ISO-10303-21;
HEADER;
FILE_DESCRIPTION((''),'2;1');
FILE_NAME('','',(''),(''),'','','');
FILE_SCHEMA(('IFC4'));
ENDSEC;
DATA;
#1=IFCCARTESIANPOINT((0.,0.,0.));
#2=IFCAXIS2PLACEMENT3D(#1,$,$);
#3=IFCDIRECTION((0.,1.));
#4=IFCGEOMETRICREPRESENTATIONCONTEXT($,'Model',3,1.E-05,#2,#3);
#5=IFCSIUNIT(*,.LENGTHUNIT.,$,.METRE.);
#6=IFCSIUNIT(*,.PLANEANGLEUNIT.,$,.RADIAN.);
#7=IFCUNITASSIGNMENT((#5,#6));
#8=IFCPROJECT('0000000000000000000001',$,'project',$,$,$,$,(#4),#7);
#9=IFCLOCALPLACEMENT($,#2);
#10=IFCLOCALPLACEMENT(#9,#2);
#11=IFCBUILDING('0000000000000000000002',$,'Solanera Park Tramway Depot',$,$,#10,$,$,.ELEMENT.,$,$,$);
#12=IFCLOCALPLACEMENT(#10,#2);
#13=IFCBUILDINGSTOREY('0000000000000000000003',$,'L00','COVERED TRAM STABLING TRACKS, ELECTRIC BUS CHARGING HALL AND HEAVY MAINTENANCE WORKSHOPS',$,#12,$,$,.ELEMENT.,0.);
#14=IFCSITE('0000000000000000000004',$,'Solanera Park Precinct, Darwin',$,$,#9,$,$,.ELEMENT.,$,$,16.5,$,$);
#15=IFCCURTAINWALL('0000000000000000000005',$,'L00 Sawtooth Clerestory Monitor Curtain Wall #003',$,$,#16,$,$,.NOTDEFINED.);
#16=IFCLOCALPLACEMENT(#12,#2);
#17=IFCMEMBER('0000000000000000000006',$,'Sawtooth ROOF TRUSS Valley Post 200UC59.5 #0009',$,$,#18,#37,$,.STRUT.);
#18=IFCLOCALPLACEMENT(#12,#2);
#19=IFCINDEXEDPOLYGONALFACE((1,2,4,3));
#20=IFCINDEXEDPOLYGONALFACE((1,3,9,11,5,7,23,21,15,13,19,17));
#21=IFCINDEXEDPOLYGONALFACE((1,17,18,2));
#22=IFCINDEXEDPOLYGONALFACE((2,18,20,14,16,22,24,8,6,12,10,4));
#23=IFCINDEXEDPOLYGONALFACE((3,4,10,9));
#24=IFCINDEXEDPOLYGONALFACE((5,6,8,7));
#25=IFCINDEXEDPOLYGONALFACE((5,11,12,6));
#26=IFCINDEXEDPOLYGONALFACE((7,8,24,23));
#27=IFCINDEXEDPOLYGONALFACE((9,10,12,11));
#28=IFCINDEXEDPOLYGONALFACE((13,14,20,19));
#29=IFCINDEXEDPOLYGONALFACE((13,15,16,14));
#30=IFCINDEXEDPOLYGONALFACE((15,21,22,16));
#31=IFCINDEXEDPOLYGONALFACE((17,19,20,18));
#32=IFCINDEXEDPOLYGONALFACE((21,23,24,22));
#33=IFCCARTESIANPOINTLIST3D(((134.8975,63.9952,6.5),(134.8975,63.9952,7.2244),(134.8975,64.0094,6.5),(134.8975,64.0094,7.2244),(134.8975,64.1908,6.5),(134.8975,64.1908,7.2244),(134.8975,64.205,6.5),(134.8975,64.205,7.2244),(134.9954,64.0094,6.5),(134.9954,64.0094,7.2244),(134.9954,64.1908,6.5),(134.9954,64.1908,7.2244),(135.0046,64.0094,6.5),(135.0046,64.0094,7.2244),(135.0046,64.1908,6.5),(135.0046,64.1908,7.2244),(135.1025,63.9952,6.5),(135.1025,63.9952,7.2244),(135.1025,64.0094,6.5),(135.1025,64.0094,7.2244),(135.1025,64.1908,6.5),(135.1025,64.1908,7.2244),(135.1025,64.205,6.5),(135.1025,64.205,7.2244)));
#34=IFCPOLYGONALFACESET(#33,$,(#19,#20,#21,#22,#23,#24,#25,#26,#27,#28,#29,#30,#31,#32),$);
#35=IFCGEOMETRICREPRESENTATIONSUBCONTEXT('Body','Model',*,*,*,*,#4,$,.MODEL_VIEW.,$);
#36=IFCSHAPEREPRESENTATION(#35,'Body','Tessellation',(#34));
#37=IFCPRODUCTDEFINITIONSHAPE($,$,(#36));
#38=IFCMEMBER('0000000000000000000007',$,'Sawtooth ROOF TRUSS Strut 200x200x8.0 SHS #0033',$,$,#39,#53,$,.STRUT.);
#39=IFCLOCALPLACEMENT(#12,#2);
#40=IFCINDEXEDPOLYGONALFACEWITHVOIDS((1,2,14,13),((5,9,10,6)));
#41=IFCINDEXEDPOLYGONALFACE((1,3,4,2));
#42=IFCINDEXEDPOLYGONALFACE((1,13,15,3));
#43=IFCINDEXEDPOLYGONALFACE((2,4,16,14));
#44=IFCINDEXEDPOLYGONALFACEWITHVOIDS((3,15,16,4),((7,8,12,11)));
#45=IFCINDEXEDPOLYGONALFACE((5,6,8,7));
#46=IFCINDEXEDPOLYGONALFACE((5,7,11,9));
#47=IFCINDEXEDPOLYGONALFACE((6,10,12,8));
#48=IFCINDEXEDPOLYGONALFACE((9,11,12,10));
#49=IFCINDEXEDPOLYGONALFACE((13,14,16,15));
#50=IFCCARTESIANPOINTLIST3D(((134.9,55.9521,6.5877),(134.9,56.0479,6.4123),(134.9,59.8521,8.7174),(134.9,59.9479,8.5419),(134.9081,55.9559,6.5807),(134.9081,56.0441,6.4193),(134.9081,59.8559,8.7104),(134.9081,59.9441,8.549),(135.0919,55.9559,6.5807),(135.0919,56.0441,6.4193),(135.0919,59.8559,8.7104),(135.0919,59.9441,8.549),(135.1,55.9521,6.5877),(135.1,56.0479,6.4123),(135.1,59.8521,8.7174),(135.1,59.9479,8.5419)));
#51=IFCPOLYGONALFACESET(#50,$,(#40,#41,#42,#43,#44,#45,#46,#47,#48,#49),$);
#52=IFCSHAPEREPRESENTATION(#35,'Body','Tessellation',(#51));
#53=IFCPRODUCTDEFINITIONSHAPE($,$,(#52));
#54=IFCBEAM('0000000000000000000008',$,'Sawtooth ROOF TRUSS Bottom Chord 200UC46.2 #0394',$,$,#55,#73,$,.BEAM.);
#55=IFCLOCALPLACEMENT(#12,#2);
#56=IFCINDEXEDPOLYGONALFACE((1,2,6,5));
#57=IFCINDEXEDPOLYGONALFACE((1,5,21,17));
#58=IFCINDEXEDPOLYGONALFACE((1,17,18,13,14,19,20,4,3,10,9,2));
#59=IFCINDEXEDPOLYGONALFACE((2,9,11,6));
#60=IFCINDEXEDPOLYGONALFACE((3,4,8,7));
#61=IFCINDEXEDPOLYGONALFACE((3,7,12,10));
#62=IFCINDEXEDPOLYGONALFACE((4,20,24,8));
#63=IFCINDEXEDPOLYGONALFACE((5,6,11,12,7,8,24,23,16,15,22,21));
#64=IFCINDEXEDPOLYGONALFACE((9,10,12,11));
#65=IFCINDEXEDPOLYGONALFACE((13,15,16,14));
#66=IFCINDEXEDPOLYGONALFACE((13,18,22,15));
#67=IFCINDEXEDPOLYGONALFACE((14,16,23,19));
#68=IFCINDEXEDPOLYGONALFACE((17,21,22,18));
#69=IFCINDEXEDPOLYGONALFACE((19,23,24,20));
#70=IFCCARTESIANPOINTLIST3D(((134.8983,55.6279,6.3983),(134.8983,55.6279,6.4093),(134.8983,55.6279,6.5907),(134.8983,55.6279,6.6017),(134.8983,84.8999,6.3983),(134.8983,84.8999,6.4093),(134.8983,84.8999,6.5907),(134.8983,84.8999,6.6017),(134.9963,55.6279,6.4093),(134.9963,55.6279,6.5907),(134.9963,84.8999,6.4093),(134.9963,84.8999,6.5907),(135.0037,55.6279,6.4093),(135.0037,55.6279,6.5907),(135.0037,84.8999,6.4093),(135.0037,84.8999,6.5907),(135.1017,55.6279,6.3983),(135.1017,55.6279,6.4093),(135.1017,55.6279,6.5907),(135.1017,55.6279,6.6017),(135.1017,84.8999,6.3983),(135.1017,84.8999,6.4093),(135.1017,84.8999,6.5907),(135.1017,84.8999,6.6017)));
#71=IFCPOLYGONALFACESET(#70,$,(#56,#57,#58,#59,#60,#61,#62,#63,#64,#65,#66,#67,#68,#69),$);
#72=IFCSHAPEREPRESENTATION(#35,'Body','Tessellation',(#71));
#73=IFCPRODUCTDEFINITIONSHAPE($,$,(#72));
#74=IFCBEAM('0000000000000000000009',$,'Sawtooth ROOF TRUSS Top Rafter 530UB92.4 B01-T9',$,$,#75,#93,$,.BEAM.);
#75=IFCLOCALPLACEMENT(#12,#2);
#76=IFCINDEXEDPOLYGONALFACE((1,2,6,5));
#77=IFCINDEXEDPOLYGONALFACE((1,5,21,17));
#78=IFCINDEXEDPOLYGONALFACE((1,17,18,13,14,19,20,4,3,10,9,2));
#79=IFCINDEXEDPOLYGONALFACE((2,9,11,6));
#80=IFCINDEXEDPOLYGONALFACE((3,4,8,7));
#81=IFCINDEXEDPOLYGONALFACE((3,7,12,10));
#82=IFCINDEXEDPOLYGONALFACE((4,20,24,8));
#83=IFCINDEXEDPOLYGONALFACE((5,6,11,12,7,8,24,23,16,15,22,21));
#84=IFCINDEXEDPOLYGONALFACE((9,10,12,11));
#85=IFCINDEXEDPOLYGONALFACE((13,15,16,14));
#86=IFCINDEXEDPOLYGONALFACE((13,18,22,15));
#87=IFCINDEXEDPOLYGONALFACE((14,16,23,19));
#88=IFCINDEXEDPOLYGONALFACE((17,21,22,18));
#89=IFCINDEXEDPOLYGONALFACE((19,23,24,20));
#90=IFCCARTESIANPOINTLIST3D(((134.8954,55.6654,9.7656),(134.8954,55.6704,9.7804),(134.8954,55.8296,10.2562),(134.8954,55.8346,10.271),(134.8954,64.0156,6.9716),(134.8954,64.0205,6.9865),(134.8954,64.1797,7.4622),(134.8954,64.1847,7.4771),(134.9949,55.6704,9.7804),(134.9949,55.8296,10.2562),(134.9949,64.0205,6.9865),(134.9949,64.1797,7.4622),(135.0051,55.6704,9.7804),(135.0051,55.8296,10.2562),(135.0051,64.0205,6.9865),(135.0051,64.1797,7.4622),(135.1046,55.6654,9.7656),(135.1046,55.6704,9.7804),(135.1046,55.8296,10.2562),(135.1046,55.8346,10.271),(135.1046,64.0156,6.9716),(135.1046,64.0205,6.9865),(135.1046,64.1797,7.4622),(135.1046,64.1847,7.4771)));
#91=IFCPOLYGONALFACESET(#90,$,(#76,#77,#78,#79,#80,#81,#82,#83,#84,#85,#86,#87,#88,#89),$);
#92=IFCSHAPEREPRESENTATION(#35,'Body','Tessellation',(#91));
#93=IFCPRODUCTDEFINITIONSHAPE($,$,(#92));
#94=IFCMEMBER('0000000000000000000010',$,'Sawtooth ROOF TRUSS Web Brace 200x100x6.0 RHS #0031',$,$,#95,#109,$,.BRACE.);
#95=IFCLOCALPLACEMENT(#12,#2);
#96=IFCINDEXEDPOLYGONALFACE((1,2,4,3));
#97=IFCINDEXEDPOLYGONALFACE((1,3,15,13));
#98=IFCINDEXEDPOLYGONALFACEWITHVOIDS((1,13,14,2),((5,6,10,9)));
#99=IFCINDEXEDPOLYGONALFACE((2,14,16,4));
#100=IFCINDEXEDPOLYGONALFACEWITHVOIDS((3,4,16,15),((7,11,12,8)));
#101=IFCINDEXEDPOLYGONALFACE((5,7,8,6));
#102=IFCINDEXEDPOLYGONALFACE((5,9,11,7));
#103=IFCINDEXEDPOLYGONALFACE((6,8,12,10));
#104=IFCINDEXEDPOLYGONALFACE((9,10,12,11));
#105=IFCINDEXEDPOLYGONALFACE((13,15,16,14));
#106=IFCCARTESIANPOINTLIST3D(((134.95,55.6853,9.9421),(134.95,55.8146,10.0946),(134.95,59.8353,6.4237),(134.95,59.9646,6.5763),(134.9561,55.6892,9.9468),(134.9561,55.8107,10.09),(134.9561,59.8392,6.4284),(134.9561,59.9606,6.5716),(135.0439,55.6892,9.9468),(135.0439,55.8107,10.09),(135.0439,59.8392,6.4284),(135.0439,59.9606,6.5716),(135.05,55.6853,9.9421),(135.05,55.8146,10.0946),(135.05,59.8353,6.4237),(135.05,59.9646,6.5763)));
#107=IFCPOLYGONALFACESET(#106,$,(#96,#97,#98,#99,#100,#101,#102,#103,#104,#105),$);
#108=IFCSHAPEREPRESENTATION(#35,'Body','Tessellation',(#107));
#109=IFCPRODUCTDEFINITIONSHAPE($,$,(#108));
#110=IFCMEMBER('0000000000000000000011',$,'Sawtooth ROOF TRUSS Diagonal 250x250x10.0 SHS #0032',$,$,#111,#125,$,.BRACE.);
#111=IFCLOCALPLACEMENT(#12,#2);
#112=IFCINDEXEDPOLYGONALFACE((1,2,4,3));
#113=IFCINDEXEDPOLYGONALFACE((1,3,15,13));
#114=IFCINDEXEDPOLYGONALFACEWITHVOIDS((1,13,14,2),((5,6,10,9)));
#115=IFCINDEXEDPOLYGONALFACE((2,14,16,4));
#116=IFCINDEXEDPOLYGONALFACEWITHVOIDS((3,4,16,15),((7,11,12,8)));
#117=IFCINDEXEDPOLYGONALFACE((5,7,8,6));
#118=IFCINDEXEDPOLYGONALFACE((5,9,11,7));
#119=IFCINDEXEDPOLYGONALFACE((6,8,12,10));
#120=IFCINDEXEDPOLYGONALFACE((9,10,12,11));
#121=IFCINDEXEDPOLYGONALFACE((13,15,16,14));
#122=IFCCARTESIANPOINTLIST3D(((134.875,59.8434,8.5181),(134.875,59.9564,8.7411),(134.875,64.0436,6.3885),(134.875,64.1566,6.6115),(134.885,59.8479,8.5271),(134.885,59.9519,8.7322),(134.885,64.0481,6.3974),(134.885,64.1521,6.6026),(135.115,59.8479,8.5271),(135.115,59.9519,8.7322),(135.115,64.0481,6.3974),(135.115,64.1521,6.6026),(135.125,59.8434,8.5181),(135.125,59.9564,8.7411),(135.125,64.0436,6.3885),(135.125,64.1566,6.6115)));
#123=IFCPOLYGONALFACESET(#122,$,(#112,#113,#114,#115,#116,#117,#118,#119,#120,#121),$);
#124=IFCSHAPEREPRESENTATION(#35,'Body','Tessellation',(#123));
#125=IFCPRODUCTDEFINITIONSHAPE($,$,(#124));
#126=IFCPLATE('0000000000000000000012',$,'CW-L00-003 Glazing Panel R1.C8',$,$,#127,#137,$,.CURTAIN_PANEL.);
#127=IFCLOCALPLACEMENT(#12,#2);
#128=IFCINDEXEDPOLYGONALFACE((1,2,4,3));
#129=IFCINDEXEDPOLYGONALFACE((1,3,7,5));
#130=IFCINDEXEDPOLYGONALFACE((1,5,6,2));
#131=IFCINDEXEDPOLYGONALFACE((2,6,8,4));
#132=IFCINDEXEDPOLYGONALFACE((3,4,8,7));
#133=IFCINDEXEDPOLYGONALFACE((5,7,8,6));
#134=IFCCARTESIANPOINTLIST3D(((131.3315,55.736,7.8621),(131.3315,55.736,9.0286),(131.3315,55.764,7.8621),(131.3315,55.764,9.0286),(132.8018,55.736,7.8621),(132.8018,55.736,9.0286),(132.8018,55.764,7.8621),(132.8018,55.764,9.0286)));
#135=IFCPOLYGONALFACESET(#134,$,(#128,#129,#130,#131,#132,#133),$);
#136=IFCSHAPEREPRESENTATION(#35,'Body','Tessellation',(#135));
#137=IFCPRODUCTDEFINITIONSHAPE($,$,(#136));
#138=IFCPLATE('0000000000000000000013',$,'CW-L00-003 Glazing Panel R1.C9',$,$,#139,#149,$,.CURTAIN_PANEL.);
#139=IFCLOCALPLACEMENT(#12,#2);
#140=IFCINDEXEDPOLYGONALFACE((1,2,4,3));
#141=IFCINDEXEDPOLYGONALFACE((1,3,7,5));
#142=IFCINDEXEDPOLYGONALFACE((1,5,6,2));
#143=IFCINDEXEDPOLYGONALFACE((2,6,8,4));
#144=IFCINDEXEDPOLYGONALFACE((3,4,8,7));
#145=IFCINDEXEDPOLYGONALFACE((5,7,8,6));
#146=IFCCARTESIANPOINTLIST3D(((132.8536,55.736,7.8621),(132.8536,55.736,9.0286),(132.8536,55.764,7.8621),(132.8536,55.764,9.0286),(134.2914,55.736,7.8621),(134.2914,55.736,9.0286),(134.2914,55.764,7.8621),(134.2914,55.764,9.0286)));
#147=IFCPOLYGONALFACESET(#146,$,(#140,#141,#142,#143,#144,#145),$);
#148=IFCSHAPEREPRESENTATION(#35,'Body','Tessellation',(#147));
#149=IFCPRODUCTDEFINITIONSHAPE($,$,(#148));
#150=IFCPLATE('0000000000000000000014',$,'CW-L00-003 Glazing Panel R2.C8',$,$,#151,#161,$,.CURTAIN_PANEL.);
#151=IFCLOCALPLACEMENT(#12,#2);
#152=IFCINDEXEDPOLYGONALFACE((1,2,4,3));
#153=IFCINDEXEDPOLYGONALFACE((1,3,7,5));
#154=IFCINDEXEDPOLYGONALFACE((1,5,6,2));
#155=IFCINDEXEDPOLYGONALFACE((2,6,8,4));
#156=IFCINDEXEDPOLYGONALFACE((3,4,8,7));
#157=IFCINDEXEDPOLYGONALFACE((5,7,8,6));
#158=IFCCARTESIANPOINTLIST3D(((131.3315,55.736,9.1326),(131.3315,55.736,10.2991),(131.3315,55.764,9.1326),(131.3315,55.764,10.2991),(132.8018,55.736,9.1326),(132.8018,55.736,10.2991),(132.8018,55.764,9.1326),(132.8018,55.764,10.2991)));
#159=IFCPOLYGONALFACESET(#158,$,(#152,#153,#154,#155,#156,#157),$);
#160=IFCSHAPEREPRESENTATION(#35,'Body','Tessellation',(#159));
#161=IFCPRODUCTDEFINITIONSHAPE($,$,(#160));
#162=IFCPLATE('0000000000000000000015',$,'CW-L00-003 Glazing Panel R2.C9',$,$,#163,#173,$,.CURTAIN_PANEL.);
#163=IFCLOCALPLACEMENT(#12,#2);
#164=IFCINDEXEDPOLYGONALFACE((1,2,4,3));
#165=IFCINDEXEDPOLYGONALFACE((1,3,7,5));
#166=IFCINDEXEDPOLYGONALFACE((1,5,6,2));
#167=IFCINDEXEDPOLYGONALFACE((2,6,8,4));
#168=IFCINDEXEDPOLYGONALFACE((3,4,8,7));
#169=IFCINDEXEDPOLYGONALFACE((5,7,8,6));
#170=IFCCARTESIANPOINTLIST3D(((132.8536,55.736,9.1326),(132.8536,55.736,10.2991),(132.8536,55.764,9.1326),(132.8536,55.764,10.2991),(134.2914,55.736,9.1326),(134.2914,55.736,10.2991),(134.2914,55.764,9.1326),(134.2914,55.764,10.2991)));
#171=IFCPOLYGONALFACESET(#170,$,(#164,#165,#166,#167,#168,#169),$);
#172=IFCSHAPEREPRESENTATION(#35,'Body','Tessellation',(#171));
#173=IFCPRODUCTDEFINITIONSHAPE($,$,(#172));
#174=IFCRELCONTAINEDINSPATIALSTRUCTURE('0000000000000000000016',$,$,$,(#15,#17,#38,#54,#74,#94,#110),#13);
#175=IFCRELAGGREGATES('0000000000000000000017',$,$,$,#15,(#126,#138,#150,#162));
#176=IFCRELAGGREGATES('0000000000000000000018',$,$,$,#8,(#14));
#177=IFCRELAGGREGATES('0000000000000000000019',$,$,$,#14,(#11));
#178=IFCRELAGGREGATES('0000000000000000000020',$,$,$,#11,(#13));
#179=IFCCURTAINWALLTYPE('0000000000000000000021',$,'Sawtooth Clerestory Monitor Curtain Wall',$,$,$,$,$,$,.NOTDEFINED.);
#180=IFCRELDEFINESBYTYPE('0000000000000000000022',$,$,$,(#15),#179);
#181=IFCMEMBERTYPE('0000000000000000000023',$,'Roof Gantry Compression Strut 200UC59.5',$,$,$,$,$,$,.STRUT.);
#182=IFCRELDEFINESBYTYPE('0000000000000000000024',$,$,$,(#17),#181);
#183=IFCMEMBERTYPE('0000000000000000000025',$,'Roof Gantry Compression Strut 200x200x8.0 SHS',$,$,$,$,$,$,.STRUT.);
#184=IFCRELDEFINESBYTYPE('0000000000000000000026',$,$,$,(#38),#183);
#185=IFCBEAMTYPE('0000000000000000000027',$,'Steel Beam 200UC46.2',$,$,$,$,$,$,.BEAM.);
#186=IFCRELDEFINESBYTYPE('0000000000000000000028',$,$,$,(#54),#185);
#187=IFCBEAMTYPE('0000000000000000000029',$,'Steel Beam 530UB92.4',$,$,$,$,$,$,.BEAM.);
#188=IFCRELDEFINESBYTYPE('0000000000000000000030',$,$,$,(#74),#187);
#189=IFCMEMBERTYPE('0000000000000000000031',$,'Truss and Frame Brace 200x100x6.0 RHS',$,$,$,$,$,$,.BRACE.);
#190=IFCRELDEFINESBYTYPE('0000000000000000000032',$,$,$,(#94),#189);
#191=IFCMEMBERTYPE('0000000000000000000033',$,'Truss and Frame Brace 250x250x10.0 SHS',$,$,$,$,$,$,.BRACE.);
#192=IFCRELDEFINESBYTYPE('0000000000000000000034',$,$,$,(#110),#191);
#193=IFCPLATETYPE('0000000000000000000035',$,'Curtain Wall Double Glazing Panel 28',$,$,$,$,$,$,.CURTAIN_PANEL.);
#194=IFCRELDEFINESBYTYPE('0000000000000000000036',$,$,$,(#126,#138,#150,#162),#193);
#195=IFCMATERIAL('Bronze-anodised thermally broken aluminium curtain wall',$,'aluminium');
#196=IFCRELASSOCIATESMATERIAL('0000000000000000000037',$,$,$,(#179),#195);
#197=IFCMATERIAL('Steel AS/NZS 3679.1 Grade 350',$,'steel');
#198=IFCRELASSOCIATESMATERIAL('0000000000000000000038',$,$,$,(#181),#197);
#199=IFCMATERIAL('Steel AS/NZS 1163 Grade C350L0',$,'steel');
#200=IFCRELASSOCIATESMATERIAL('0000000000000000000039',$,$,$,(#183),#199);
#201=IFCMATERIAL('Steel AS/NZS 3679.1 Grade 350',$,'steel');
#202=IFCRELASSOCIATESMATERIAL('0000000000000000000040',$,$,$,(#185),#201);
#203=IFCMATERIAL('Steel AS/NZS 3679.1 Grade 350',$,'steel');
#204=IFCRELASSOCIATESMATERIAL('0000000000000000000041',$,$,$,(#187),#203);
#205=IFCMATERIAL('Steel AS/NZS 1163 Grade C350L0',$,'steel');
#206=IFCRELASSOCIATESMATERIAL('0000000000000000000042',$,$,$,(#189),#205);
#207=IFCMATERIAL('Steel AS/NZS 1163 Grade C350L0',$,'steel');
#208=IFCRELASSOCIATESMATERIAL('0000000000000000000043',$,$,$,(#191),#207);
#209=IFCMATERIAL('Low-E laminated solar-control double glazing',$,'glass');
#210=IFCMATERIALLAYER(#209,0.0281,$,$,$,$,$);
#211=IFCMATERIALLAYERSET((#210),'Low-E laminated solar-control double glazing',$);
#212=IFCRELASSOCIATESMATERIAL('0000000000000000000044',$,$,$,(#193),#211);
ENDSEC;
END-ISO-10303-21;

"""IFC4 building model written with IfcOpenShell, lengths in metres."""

from ifc_helpers import new_model, si_unit, direction, frame, origin, origin_2d, place, context, subcontext, project, spatial, rectangle, hollow_rectangle, i_section, extrude, material, layer, layer_set, material_profile, profile_set, type_object, element, aggregate, save


model = new_model("IFC4")

# Units and contexts
model_context = context("Model", 3, precision=1e-05, world=origin(), true_north=direction((0.0, 1.0)))
body_context = subcontext(model_context, "Body", "Model", "MODEL_VIEW")
ifc_project = project(units=[si_unit("LENGTHUNIT", "METRE"), si_unit("PLANEANGLEUNIT", "RADIAN")], contexts=[model_context])

# Site, building, storey
site_placement = place(None, origin())
site = spatial("IfcSite", under=ifc_project, at=site_placement, Name="Solanera Park Precinct, Darwin", CompositionType="ELEMENT", RefElevation=16.5)
building_placement = place(site_placement, origin())
building = spatial("IfcBuilding", under=site, at=building_placement, Name="Solanera Park Tramway Depot", CompositionType="ELEMENT")
storey_placement = place(building_placement, origin())
storey = spatial("IfcBuildingStorey", under=building, at=storey_placement, Name="L00", Description="COVERED TRAM STABLING TRACKS, ELECTRIC BUS CHARGING HALL AND HEAVY MAINTENANCE WORKSHOPS", CompositionType="ELEMENT", Elevation=0.0)

# Curtain wall
ifc_material_1 = material(Name="Bronze-anodised thermally broken aluminium curtain wall", Category="aluminium")
curtain_wall_type = type_object("IfcCurtainWallType", Name="Sawtooth Clerestory Monitor Curtain Wall", PredefinedType="NOTDEFINED", material=ifc_material_1)
curtain_wall_1_placement = place(storey_placement, origin())
curtain_wall_1 = element("IfcCurtainWall", 1, at=curtain_wall_1_placement, inside=storey, type_object=curtain_wall_type, Name="L00 Sawtooth Clerestory Monitor Curtain Wall #003", PredefinedType="NOTDEFINED")

# Members
ifc_material_2 = material(Name="Steel AS/NZS 3679.1 Grade 350", Category="steel")
ifc_material_profile_1 = material_profile(ifc_material_2, i_section(OverallWidth=0.2051, OverallDepth=0.2097, WebThickness=0.0093, FlangeThickness=0.0142, at=origin_2d()), Name="200UC59.5")
ifc_profile_set_1 = profile_set([ifc_material_profile_1], Name="Steel AS/NZS 3679.1 Grade 350")
member_type_1 = type_object("IfcMemberType", Name="Roof Gantry Compression Strut 200UC59.5", PredefinedType="STRUT", material=ifc_profile_set_1)
member_1_placement = place(storey_placement, frame((135.0, 64.1001, 6.5), z_axis=(0.0, 0.0, 1.0), x_axis=(1.0, 0.0, 0.0)))
element("IfcMember", 2, at=member_1_placement, inside=storey, type_object=member_type_1, Name="Sawtooth ROOF TRUSS Valley Post 200UC59.5 #0009", PredefinedType="STRUT", context=body_context, shape_type="SweptSolid", body=[
    extrude(i_section(OverallWidth=0.2051, OverallDepth=0.2097, WebThickness=0.0093, FlangeThickness=0.0142, at=origin_2d()), origin(), (0.0, 0.0, 1.0), 0.7244),
])
ifc_material_3 = material(Name="Steel AS/NZS 1163 Grade C350L0", Category="steel")
ifc_material_profile_2 = material_profile(ifc_material_3, hollow_rectangle(XDim=0.2, YDim=0.2, WallThickness=0.0081, at=origin_2d()), Name="200x200x8.0 SHS")
ifc_profile_set_2 = profile_set([ifc_material_profile_2], Name="Steel AS/NZS 1163 Grade C350L0")
member_type_2 = type_object("IfcMemberType", Name="Roof Gantry Compression Strut 200x200x8.0 SHS", PredefinedType="STRUT", material=ifc_profile_set_2)
member_2_placement = place(storey_placement, frame((135.0, 56.0, 6.5), z_axis=(0.0, 0.877667, 0.479272), x_axis=(-1.0, 0.0, 0.0)))
element("IfcMember", 3, at=member_2_placement, inside=storey, type_object=member_type_2, Name="Sawtooth ROOF TRUSS Strut 200x200x8.0 SHS #0033", PredefinedType="STRUT", context=body_context, shape_type="SweptSolid", body=[
    extrude(hollow_rectangle(XDim=0.2, YDim=0.2, WallThickness=0.0081, at=origin_2d()), origin(), (0.0, 0.0, 1.0), 4.4436),
])

# Beams
ifc_material_4 = material(Name="Steel AS/NZS 3679.1 Grade 350", Category="steel")
ifc_material_profile_3 = material_profile(ifc_material_4, i_section(OverallWidth=0.2034, OverallDepth=0.2034, WebThickness=0.0073, FlangeThickness=0.011, at=origin_2d()), Name="200UC46.2")
ifc_profile_set_3 = profile_set([ifc_material_profile_3], Name="Steel AS/NZS 3679.1 Grade 350")
beam_type_1 = type_object("IfcBeamType", Name="Steel Beam 200UC46.2", PredefinedType="BEAM", material=ifc_profile_set_3)
beam_1_placement = place(storey_placement, frame((135.0, 55.6279, 6.5), z_axis=(0.0, 1.0, 0.0), x_axis=(-1.0, 0.0, 0.0)))
element("IfcBeam", 4, at=beam_1_placement, inside=storey, type_object=beam_type_1, Name="Sawtooth ROOF TRUSS Bottom Chord 200UC46.2 #0394", PredefinedType="BEAM", context=body_context, shape_type="SweptSolid", body=[
    extrude(i_section(OverallWidth=0.2034, OverallDepth=0.2034, WebThickness=0.0073, FlangeThickness=0.011, at=origin_2d()), origin(), (0.0, 0.0, 1.0), 29.272),
])
ifc_material_5 = material(Name="Steel AS/NZS 3679.1 Grade 350", Category="steel")
ifc_material_profile_4 = material_profile(ifc_material_5, i_section(OverallWidth=0.2092, OverallDepth=0.533, WebThickness=0.0103, FlangeThickness=0.0156, at=origin_2d()), Name="530UB92.4")
ifc_profile_set_4 = profile_set([ifc_material_profile_4], Name="Steel AS/NZS 3679.1 Grade 350")
beam_type_2 = type_object("IfcBeamType", Name="Steel Beam 530UB92.4", PredefinedType="BEAM", material=ifc_profile_set_4)
beam_2_placement = place(storey_placement, frame((135.0, 55.75, 10.0183), z_axis=(0.0, 0.948322, -0.317309), x_axis=(-1.0, 0.0, 0.0)))
element("IfcBeam", 5, at=beam_2_placement, inside=storey, type_object=beam_type_2, Name="Sawtooth ROOF TRUSS Top Rafter 530UB92.4 B01-T9", PredefinedType="BEAM", context=body_context, shape_type="SweptSolid", body=[
    extrude(i_section(OverallWidth=0.2092, OverallDepth=0.533, WebThickness=0.0103, FlangeThickness=0.0156, at=origin_2d()), origin(), (0.0, 0.0, 1.0), 8.8052),
])

# Members
ifc_material_6 = material(Name="Steel AS/NZS 1163 Grade C350L0", Category="steel")
ifc_material_profile_5 = material_profile(ifc_material_6, hollow_rectangle(XDim=0.1001, YDim=0.2, WallThickness=0.0061, at=origin_2d()), Name="200x100x6.0 RHS")
ifc_profile_set_5 = profile_set([ifc_material_profile_5], Name="Steel AS/NZS 1163 Grade C350L0")
member_type_3 = type_object("IfcMemberType", Name="Truss and Frame Brace 200x100x6.0 RHS", PredefinedType="BRACE", material=ifc_profile_set_5)
member_3_placement = place(storey_placement, frame((135.0, 59.8999, 6.5), z_axis=(0.0, -0.762765, 0.646676), x_axis=(1.0, 0.0, 0.0)))
element("IfcMember", 6, at=member_3_placement, inside=storey, type_object=member_type_3, Name="Sawtooth ROOF TRUSS Web Brace 200x100x6.0 RHS #0031", PredefinedType="BRACE", context=body_context, shape_type="SweptSolid", body=[
    extrude(hollow_rectangle(XDim=0.1001, YDim=0.2, WallThickness=0.0061, at=origin_2d()), origin(), (0.0, 0.0, 1.0), 5.4407),
])
ifc_material_7 = material(Name="Steel AS/NZS 1163 Grade C350L0", Category="steel")
ifc_material_profile_6 = material_profile(ifc_material_7, hollow_rectangle(XDim=0.25, YDim=0.25, WallThickness=0.01, at=origin_2d()), Name="250x250x10.0 SHS")
ifc_profile_set_6 = profile_set([ifc_material_profile_6], Name="Steel AS/NZS 1163 Grade C350L0")
member_type_4 = type_object("IfcMemberType", Name="Truss and Frame Brace 250x250x10.0 SHS", PredefinedType="BRACE", material=ifc_profile_set_6)
member_4_placement = place(storey_placement, frame((135.0, 64.1001, 6.5), z_axis=(0.0, -0.891904, 0.452225), x_axis=(1.0, 0.0, 0.0)))
element("IfcMember", 7, at=member_4_placement, inside=storey, type_object=member_type_4, Name="Sawtooth ROOF TRUSS Diagonal 250x250x10.0 SHS #0032", PredefinedType="BRACE", context=body_context, shape_type="SweptSolid", body=[
    extrude(hollow_rectangle(XDim=0.25, YDim=0.25, WallThickness=0.01, at=origin_2d()), origin(), (0.0, 0.0, 1.0), 4.7092),
])

# Plates
ifc_material_8 = material(Name="Low-E laminated solar-control double glazing", Category="glass")
ifc_layer_1 = layer(ifc_material_8, 0.0281)
ifc_layer_set_1 = layer_set([ifc_layer_1], Name="Low-E laminated solar-control double glazing")
plate_type_1 = type_object("IfcPlateType", Name="Curtain Wall Double Glazing Panel 28", PredefinedType="CURTAIN_PANEL", material=ifc_layer_set_1)
plate_1_placement = place(storey_placement, frame((132.0667, 55.75, 7.8621), z_axis=(0.0, 0.0, 1.0), x_axis=(1.0, 0.0, 0.0)))
plate_1 = element("IfcPlate", 8, at=plate_1_placement, type_object=plate_type_1, Name="CW-L00-003 Glazing Panel R1.C8", PredefinedType="CURTAIN_PANEL", context=body_context, shape_type="SweptSolid", body=[
    extrude(rectangle(XDim=1.4702, YDim=0.0281, at=origin_2d()), origin(), (0.0, 0.0, 1.0), 1.1665),
])
plate_2_placement = place(storey_placement, frame((133.5725, 55.75, 7.8621), z_axis=(0.0, 0.0, 1.0), x_axis=(1.0, 0.0, 0.0)))
plate_2 = element("IfcPlate", 9, at=plate_2_placement, type_object=plate_type_1, Name="CW-L00-003 Glazing Panel R1.C9", PredefinedType="CURTAIN_PANEL", context=body_context, shape_type="SweptSolid", body=[
    extrude(rectangle(XDim=1.4377, YDim=0.0281, at=origin_2d()), origin(), (0.0, 0.0, 1.0), 1.1665),
])
plate_3_placement = place(storey_placement, frame((132.0667, 55.75, 9.1326), z_axis=(0.0, 0.0, 1.0), x_axis=(1.0, 0.0, 0.0)))
plate_3 = element("IfcPlate", 10, at=plate_3_placement, type_object=plate_type_1, Name="CW-L00-003 Glazing Panel R2.C8", PredefinedType="CURTAIN_PANEL", context=body_context, shape_type="SweptSolid", body=[
    extrude(rectangle(XDim=1.4702, YDim=0.0281, at=origin_2d()), origin(), (0.0, 0.0, 1.0), 1.1665),
])
plate_4_placement = place(storey_placement, frame((133.5725, 55.75, 9.1326), z_axis=(0.0, 0.0, 1.0), x_axis=(1.0, 0.0, 0.0)))
plate_4 = element("IfcPlate", 11, at=plate_4_placement, type_object=plate_type_1, Name="CW-L00-003 Glazing Panel R2.C9", PredefinedType="CURTAIN_PANEL", context=body_context, shape_type="SweptSolid", body=[
    extrude(rectangle(XDim=1.4377, YDim=0.0281, at=origin_2d()), origin(), (0.0, 0.0, 1.0), 1.1665),
])
aggregate(curtain_wall_1, [plate_1, plate_2, plate_3, plate_4])

save(model, "model.ifc")
